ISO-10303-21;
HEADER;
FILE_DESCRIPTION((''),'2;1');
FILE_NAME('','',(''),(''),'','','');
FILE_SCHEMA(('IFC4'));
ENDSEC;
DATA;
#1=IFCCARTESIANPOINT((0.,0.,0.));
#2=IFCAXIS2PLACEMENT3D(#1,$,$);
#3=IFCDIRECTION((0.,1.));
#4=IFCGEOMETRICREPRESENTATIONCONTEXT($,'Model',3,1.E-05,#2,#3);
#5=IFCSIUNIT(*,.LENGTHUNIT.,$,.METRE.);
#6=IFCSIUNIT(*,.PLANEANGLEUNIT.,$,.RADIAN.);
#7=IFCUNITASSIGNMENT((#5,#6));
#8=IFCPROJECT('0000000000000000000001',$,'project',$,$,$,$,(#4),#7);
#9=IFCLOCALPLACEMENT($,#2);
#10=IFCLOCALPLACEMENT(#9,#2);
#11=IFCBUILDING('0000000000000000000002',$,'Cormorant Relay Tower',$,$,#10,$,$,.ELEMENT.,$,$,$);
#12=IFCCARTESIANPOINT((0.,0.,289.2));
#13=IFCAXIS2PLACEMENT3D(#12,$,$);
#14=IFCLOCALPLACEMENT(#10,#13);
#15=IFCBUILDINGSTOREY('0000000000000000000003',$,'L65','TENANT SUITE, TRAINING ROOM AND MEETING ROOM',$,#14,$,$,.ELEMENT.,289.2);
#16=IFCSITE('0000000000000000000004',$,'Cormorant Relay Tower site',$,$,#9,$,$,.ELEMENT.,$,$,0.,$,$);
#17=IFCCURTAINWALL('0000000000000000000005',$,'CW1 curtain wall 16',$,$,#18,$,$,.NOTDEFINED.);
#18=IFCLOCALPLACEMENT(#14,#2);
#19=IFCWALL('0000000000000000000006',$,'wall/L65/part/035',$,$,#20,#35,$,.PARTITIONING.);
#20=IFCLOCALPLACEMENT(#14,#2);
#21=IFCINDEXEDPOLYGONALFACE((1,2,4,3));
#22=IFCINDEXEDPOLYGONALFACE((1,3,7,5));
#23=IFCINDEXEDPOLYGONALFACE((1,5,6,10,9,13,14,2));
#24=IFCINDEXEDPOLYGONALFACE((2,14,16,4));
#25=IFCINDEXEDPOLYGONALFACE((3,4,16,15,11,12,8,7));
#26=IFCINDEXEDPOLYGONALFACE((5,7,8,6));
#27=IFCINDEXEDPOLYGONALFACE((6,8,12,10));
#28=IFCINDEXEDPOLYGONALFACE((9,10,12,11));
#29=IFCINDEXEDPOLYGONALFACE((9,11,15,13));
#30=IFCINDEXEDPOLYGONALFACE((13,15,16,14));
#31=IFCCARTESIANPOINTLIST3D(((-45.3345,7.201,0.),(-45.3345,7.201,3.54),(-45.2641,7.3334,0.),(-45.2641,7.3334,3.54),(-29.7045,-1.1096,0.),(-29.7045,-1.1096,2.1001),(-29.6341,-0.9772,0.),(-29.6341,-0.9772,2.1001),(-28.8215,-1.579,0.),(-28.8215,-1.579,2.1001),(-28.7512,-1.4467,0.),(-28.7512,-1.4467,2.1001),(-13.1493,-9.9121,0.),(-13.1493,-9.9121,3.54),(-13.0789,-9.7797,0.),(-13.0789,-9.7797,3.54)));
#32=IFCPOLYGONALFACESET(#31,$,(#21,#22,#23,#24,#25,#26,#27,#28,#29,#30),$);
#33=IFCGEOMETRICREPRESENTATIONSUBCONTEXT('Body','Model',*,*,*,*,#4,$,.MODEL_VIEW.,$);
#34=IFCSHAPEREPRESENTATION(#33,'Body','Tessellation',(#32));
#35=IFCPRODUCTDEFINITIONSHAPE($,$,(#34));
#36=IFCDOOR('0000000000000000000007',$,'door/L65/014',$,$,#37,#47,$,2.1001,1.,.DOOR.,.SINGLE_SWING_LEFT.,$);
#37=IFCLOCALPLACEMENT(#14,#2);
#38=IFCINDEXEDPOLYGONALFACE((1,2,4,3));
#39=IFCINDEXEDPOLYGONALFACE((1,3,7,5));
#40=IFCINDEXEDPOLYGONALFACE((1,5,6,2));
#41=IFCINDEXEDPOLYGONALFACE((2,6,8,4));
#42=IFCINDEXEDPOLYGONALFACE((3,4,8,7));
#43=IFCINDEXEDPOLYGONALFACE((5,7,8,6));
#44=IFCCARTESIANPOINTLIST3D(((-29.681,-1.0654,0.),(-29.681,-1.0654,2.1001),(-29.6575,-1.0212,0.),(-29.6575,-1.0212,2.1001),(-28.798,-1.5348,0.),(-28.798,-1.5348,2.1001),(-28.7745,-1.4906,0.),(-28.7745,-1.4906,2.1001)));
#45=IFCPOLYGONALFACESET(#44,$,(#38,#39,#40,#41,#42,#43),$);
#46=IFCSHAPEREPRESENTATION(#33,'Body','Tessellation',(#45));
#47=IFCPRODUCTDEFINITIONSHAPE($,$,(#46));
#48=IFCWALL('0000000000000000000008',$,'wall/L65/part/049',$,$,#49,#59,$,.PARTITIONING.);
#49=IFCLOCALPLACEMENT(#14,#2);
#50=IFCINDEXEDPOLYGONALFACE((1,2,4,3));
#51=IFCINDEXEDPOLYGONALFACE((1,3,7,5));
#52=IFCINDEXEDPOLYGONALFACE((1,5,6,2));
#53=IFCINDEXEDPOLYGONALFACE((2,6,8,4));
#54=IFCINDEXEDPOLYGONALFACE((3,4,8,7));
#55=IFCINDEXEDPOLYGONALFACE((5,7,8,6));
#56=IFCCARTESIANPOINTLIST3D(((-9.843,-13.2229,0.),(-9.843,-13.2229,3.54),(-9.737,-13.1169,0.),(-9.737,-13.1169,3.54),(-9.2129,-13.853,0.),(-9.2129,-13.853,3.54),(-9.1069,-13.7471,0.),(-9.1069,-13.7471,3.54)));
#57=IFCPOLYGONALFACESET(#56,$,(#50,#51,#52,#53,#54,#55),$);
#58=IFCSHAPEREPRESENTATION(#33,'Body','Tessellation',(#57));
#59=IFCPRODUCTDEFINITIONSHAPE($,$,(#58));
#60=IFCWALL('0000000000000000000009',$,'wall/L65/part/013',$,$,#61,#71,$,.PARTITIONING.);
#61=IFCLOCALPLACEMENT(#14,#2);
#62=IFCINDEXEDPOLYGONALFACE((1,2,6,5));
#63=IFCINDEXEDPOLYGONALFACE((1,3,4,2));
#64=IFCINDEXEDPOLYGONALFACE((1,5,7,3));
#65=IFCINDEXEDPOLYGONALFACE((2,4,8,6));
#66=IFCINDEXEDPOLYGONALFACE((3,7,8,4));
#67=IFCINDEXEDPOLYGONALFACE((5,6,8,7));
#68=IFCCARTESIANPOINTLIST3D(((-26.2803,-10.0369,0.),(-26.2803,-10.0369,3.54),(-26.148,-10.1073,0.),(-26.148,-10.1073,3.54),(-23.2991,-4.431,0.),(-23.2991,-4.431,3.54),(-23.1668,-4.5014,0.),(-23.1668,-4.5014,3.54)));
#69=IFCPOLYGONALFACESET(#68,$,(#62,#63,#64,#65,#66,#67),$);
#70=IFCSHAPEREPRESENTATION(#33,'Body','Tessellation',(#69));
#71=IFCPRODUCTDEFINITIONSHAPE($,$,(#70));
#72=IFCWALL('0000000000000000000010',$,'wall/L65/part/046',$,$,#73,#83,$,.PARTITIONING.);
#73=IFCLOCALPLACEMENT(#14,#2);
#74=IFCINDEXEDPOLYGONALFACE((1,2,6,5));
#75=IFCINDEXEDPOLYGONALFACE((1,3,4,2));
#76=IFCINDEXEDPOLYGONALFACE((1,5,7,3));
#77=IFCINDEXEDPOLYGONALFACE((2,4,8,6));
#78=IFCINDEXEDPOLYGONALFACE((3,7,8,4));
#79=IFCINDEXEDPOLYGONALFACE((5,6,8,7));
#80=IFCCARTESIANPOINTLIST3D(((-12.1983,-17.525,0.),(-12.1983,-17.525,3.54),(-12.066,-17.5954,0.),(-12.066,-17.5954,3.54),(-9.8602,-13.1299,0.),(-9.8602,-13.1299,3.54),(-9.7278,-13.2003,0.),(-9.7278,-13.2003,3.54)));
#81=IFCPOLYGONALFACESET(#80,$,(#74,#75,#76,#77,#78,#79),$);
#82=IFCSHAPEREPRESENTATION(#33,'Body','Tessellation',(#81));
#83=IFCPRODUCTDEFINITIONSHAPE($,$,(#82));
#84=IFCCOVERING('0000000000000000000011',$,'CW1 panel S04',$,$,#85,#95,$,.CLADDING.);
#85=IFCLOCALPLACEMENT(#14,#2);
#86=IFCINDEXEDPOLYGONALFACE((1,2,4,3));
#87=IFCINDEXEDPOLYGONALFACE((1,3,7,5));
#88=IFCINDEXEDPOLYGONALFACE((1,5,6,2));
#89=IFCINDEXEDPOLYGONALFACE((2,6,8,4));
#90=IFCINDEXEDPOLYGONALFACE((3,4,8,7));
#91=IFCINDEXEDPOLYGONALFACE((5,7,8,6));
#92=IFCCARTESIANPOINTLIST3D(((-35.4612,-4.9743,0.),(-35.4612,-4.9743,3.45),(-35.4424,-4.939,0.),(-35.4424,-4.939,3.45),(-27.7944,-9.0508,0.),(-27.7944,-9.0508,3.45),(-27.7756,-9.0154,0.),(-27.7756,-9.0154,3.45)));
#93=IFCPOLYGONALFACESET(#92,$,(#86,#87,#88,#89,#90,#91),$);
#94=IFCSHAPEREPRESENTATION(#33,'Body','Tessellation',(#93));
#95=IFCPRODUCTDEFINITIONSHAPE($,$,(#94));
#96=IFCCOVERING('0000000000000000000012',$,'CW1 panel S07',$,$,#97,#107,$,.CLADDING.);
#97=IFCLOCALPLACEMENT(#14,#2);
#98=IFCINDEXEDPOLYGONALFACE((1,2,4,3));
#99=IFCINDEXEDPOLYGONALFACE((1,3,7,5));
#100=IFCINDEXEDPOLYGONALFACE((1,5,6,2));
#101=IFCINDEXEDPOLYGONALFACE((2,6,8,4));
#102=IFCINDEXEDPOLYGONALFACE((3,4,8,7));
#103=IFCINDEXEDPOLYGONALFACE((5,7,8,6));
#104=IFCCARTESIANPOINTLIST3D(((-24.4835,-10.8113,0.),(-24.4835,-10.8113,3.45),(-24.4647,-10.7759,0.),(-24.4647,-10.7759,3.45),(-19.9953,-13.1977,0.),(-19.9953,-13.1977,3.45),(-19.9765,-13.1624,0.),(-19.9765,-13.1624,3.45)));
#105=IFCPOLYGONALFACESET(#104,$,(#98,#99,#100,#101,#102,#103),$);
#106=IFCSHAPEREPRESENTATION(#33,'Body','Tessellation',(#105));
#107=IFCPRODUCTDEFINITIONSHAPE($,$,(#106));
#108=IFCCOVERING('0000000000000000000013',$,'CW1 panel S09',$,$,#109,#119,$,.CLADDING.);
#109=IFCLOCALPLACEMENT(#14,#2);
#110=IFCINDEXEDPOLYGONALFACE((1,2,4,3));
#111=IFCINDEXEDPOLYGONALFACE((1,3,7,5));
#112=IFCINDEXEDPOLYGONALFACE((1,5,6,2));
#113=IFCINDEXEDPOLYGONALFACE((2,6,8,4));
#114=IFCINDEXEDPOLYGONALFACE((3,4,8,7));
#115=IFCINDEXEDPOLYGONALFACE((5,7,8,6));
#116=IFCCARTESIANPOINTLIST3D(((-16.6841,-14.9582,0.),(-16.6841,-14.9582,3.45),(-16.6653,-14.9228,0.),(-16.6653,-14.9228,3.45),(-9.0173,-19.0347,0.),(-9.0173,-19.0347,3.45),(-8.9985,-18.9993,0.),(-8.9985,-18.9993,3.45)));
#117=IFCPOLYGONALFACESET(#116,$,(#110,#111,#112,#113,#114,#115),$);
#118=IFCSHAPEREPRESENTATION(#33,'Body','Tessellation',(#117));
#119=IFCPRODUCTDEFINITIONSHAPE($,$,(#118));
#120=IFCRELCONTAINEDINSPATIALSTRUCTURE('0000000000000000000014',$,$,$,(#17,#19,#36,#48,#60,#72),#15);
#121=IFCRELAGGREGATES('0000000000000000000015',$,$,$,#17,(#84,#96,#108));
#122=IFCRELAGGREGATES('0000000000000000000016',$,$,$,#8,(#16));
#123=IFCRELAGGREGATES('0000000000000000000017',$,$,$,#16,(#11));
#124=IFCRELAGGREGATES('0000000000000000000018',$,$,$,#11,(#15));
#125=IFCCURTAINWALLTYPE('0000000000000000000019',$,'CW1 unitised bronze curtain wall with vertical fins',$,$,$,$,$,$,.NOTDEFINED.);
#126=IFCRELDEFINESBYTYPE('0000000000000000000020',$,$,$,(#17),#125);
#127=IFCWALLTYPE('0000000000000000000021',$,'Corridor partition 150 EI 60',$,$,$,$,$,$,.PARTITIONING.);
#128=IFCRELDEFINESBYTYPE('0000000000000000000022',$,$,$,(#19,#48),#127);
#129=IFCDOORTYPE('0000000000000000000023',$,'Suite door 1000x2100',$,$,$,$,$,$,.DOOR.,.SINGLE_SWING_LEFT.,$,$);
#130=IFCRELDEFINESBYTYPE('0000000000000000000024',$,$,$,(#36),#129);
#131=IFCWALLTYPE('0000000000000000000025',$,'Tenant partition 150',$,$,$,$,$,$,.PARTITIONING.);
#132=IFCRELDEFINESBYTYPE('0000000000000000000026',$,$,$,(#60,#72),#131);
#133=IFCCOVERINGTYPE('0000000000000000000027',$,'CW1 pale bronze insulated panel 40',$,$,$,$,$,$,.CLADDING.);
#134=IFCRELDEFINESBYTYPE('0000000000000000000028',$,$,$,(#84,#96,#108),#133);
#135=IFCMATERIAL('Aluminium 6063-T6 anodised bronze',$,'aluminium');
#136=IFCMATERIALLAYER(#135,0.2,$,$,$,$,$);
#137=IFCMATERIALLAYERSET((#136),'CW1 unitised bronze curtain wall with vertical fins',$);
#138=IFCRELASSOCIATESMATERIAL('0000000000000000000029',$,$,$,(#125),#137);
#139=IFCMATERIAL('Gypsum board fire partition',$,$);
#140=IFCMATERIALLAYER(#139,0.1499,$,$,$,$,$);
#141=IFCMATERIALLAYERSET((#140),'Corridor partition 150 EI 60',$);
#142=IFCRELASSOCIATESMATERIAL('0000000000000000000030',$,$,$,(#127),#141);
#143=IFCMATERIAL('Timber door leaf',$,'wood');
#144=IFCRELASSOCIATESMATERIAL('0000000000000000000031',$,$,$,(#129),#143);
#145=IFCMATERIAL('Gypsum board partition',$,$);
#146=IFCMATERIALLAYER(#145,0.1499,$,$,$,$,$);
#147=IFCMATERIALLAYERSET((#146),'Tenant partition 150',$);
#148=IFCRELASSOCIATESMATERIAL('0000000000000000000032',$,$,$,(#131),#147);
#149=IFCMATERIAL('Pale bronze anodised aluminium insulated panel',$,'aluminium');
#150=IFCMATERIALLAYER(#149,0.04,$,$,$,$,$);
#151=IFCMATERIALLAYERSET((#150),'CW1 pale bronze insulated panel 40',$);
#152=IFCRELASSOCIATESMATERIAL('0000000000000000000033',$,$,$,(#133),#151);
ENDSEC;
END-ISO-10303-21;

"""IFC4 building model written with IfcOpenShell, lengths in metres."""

from ifc_helpers import new_model, si_unit, direction, frame, frame_2d, origin, origin_2d, place, context, subcontext, project, spatial, rectangle, extrude, material, layer, layer_set, type_object, element, fill, aggregate, save


model = new_model("IFC4")

# Units and contexts
model_context = context("Model", 3, precision=1e-05, world=origin(), true_north=direction((0.0, 1.0)))
body_context = subcontext(model_context, "Body", "Model", "MODEL_VIEW")
ifc_project = project(units=[si_unit("LENGTHUNIT", "METRE"), si_unit("PLANEANGLEUNIT", "RADIAN")], contexts=[model_context])

# Site, building, storey
site_placement = place(None, origin())
site = spatial("IfcSite", under=ifc_project, at=site_placement, Name="Cormorant Relay Tower site", CompositionType="ELEMENT", RefElevation=0.0)
building_placement = place(site_placement, origin())
building = spatial("IfcBuilding", under=site, at=building_placement, Name="Cormorant Relay Tower", CompositionType="ELEMENT")
storey_placement = place(building_placement, frame((0.0, 0.0, 289.2)))
storey = spatial("IfcBuildingStorey", under=building, at=storey_placement, Name="L65", Description="TENANT SUITE, TRAINING ROOM AND MEETING ROOM", CompositionType="ELEMENT", Elevation=289.2)

# Curtain wall
ifc_material_1 = material(Name="Aluminium 6063-T6 anodised bronze", Category="aluminium")
ifc_layer_1 = layer(ifc_material_1, 0.2)
ifc_layer_set_1 = layer_set([ifc_layer_1], Name="CW1 unitised bronze curtain wall with vertical fins")
curtain_wall_type = type_object("IfcCurtainWallType", Name="CW1 unitised bronze curtain wall with vertical fins", PredefinedType="NOTDEFINED", material=ifc_layer_set_1)
curtain_wall_placement = place(storey_placement, origin())
curtain_wall = element("IfcCurtainWall", 1, at=curtain_wall_placement, inside=storey, type_object=curtain_wall_type, Name="CW1 curtain wall 16", PredefinedType="NOTDEFINED")

# Shared definitions
ifc_material_2 = material(Name="Gypsum board fire partition")
ifc_layer_2 = layer(ifc_material_2, 0.1499)
ifc_layer_set_2 = layer_set([ifc_layer_2], Name="Corridor partition 150 EI 60")
wall_type_1 = type_object("IfcWallType", Name="Corridor partition 150 EI 60", PredefinedType="PARTITIONING", material=ifc_layer_set_2)

# Wall, opening, door
ifc_material_3 = material(Name="Timber door leaf", Category="wood")
door_type = type_object("IfcDoorType", Name="Suite door 1000x2100", OperationType="SINGLE_SWING_LEFT", PredefinedType="DOOR", material=ifc_material_3)
wall_1_placement = place(storey_placement, frame((-13.114, -9.8459, 0.0), z_axis=(0.0, 0.0, 1.0), x_axis=(-0.882948, 0.46947, 0.0)))
wall_1 = element("IfcWall", 2, at=wall_1_placement, inside=storey, type_object=wall_type_1, Name="wall/L65/part/035", PredefinedType="PARTITIONING", context=body_context, shape_type="SweptSolid", body=[
    extrude(rectangle(XDim=36.4519, YDim=0.1499, at=frame_2d((18.2261, 0.0))), origin(), (0.0, 0.0, 1.0), 3.54),
])
opening_1_placement = place(wall_1_placement, frame((17.75, 0.0, 0.0)))
opening_1 = element("IfcOpeningElement", 3, at=opening_1_placement, cuts=wall_1, PredefinedType="OPENING", context=body_context, shape_type="SweptSolid", body=[
    extrude(rectangle(XDim=1.0, YDim=2.1001, at=frame_2d((0.5, 1.05))), frame((0.0, 0.085, 0.0), z_axis=(0.0, -1.0, 0.0), x_axis=(1.0, 0.0, 0.0)), (0.0, 0.0, 1.0), 0.1699),
])
door_1_placement = place(opening_1_placement, origin())
door_1 = element("IfcDoor", 4, at=door_1_placement, inside=storey, type_object=door_type, Name="door/L65/014", OperationType="SINGLE_SWING_LEFT", OverallHeight=2.1001, OverallWidth=1.0, PredefinedType="DOOR", context=body_context, shape_type="SweptSolid", body=[
    extrude(rectangle(XDim=1.0, YDim=2.1001, at=frame_2d((0.5, 1.05))), frame((0.0, 0.0249, 0.0), z_axis=(0.0, -1.0, 0.0), x_axis=(1.0, 0.0, 0.0)), (0.0, 0.0, 1.0), 0.05),
])
fill(opening_1, door_1)

# Walls
wall_2_placement = place(storey_placement, frame((-9.1599, -13.8, 0.0), z_axis=(0.0, 0.0, 1.0), x_axis=(-0.707107, 0.707107, 0.0)))
element("IfcWall", 5, at=wall_2_placement, inside=storey, type_object=wall_type_1, Name="wall/L65/part/049", PredefinedType="PARTITIONING", context=body_context, shape_type="SweptSolid", body=[
    extrude(rectangle(XDim=0.8911, YDim=0.1499, at=frame_2d((0.4456, 0.0))), origin(), (0.0, 0.0, 1.0), 3.54),
])
ifc_material_4 = material(Name="Gypsum board partition")
ifc_layer_3 = layer(ifc_material_4, 0.1499)
ifc_layer_set_3 = layer_set([ifc_layer_3], Name="Tenant partition 150")
wall_type_2 = type_object("IfcWallType", Name="Tenant partition 150", PredefinedType="PARTITIONING", material=ifc_layer_set_3)
wall_3_placement = place(storey_placement, frame((-23.2329, -4.4661, 0.0), z_axis=(0.0, 0.0, 1.0), x_axis=(-0.469528, -0.882917, 0.0)))
element("IfcWall", 6, at=wall_3_placement, inside=storey, type_object=wall_type_2, Name="wall/L65/part/013", PredefinedType="PARTITIONING", context=body_context, shape_type="SweptSolid", body=[
    extrude(rectangle(XDim=6.3494, YDim=0.1499, at=frame_2d((3.1748, 0.0))), origin(), (0.0, 0.0, 1.0), 3.54),
])
wall_4_placement = place(storey_placement, frame((-9.7939, -13.165, 0.0), z_axis=(0.0, 0.0, 1.0), x_axis=(-0.469669, -0.882843, 0.0)))
element("IfcWall", 7, at=wall_4_placement, inside=storey, type_object=wall_type_2, Name="wall/L65/part/046", PredefinedType="PARTITIONING", context=body_context, shape_type="SweptSolid", body=[
    extrude(rectangle(XDim=4.9783, YDim=0.1499, at=frame_2d((2.4893, 0.0))), origin(), (0.0, 0.0, 1.0), 3.54),
])

# Coverings
ifc_material_5 = material(Name="Pale bronze anodised aluminium insulated panel", Category="aluminium")
ifc_layer_4 = layer(ifc_material_5, 0.04)
ifc_layer_set_4 = layer_set([ifc_layer_4], Name="CW1 pale bronze insulated panel 40")
covering_type = type_object("IfcCoveringType", Name="CW1 pale bronze insulated panel 40", PredefinedType="CLADDING", material=ifc_layer_set_4)
covering_1_placement = place(storey_placement, frame((-31.6184, -6.9949, 0.0), z_axis=(0.0, 0.0, 1.0), x_axis=(0.882948, -0.469472, 0.0)))
covering_1 = element("IfcCovering", 8, at=covering_1_placement, type_object=covering_type, Name="CW1 panel S04", PredefinedType="CLADDING", context=body_context, shape_type="SweptSolid", body=[
    extrude(rectangle(XDim=8.6831, YDim=0.04, at=origin_2d()), origin(), (0.0, 0.0, 1.0), 3.45),
])
covering_2_placement = place(storey_placement, frame((-22.23, -11.9868, 0.0), z_axis=(0.0, 0.0, 1.0), x_axis=(0.882948, -0.469472, 0.0)))
covering_2 = element("IfcCovering", 9, at=covering_2_placement, type_object=covering_type, Name="CW1 panel S07", PredefinedType="CLADDING", context=body_context, shape_type="SweptSolid", body=[
    extrude(rectangle(XDim=5.0833, YDim=0.04, at=origin_2d()), origin(), (0.0, 0.0, 1.0), 3.45),
])
covering_3_placement = place(storey_placement, frame((-12.8413, -16.9788, 0.0), z_axis=(0.0, 0.0, 1.0), x_axis=(0.882948, -0.469472, 0.0)))
covering_3 = element("IfcCovering", 10, at=covering_3_placement, type_object=covering_type, Name="CW1 panel S09", PredefinedType="CLADDING", context=body_context, shape_type="SweptSolid", body=[
    extrude(rectangle(XDim=8.6831, YDim=0.04, at=origin_2d()), origin(), (0.0, 0.0, 1.0), 3.45),
])
aggregate(curtain_wall, [covering_1, covering_2, covering_3])

save(model, "model.ifc")
